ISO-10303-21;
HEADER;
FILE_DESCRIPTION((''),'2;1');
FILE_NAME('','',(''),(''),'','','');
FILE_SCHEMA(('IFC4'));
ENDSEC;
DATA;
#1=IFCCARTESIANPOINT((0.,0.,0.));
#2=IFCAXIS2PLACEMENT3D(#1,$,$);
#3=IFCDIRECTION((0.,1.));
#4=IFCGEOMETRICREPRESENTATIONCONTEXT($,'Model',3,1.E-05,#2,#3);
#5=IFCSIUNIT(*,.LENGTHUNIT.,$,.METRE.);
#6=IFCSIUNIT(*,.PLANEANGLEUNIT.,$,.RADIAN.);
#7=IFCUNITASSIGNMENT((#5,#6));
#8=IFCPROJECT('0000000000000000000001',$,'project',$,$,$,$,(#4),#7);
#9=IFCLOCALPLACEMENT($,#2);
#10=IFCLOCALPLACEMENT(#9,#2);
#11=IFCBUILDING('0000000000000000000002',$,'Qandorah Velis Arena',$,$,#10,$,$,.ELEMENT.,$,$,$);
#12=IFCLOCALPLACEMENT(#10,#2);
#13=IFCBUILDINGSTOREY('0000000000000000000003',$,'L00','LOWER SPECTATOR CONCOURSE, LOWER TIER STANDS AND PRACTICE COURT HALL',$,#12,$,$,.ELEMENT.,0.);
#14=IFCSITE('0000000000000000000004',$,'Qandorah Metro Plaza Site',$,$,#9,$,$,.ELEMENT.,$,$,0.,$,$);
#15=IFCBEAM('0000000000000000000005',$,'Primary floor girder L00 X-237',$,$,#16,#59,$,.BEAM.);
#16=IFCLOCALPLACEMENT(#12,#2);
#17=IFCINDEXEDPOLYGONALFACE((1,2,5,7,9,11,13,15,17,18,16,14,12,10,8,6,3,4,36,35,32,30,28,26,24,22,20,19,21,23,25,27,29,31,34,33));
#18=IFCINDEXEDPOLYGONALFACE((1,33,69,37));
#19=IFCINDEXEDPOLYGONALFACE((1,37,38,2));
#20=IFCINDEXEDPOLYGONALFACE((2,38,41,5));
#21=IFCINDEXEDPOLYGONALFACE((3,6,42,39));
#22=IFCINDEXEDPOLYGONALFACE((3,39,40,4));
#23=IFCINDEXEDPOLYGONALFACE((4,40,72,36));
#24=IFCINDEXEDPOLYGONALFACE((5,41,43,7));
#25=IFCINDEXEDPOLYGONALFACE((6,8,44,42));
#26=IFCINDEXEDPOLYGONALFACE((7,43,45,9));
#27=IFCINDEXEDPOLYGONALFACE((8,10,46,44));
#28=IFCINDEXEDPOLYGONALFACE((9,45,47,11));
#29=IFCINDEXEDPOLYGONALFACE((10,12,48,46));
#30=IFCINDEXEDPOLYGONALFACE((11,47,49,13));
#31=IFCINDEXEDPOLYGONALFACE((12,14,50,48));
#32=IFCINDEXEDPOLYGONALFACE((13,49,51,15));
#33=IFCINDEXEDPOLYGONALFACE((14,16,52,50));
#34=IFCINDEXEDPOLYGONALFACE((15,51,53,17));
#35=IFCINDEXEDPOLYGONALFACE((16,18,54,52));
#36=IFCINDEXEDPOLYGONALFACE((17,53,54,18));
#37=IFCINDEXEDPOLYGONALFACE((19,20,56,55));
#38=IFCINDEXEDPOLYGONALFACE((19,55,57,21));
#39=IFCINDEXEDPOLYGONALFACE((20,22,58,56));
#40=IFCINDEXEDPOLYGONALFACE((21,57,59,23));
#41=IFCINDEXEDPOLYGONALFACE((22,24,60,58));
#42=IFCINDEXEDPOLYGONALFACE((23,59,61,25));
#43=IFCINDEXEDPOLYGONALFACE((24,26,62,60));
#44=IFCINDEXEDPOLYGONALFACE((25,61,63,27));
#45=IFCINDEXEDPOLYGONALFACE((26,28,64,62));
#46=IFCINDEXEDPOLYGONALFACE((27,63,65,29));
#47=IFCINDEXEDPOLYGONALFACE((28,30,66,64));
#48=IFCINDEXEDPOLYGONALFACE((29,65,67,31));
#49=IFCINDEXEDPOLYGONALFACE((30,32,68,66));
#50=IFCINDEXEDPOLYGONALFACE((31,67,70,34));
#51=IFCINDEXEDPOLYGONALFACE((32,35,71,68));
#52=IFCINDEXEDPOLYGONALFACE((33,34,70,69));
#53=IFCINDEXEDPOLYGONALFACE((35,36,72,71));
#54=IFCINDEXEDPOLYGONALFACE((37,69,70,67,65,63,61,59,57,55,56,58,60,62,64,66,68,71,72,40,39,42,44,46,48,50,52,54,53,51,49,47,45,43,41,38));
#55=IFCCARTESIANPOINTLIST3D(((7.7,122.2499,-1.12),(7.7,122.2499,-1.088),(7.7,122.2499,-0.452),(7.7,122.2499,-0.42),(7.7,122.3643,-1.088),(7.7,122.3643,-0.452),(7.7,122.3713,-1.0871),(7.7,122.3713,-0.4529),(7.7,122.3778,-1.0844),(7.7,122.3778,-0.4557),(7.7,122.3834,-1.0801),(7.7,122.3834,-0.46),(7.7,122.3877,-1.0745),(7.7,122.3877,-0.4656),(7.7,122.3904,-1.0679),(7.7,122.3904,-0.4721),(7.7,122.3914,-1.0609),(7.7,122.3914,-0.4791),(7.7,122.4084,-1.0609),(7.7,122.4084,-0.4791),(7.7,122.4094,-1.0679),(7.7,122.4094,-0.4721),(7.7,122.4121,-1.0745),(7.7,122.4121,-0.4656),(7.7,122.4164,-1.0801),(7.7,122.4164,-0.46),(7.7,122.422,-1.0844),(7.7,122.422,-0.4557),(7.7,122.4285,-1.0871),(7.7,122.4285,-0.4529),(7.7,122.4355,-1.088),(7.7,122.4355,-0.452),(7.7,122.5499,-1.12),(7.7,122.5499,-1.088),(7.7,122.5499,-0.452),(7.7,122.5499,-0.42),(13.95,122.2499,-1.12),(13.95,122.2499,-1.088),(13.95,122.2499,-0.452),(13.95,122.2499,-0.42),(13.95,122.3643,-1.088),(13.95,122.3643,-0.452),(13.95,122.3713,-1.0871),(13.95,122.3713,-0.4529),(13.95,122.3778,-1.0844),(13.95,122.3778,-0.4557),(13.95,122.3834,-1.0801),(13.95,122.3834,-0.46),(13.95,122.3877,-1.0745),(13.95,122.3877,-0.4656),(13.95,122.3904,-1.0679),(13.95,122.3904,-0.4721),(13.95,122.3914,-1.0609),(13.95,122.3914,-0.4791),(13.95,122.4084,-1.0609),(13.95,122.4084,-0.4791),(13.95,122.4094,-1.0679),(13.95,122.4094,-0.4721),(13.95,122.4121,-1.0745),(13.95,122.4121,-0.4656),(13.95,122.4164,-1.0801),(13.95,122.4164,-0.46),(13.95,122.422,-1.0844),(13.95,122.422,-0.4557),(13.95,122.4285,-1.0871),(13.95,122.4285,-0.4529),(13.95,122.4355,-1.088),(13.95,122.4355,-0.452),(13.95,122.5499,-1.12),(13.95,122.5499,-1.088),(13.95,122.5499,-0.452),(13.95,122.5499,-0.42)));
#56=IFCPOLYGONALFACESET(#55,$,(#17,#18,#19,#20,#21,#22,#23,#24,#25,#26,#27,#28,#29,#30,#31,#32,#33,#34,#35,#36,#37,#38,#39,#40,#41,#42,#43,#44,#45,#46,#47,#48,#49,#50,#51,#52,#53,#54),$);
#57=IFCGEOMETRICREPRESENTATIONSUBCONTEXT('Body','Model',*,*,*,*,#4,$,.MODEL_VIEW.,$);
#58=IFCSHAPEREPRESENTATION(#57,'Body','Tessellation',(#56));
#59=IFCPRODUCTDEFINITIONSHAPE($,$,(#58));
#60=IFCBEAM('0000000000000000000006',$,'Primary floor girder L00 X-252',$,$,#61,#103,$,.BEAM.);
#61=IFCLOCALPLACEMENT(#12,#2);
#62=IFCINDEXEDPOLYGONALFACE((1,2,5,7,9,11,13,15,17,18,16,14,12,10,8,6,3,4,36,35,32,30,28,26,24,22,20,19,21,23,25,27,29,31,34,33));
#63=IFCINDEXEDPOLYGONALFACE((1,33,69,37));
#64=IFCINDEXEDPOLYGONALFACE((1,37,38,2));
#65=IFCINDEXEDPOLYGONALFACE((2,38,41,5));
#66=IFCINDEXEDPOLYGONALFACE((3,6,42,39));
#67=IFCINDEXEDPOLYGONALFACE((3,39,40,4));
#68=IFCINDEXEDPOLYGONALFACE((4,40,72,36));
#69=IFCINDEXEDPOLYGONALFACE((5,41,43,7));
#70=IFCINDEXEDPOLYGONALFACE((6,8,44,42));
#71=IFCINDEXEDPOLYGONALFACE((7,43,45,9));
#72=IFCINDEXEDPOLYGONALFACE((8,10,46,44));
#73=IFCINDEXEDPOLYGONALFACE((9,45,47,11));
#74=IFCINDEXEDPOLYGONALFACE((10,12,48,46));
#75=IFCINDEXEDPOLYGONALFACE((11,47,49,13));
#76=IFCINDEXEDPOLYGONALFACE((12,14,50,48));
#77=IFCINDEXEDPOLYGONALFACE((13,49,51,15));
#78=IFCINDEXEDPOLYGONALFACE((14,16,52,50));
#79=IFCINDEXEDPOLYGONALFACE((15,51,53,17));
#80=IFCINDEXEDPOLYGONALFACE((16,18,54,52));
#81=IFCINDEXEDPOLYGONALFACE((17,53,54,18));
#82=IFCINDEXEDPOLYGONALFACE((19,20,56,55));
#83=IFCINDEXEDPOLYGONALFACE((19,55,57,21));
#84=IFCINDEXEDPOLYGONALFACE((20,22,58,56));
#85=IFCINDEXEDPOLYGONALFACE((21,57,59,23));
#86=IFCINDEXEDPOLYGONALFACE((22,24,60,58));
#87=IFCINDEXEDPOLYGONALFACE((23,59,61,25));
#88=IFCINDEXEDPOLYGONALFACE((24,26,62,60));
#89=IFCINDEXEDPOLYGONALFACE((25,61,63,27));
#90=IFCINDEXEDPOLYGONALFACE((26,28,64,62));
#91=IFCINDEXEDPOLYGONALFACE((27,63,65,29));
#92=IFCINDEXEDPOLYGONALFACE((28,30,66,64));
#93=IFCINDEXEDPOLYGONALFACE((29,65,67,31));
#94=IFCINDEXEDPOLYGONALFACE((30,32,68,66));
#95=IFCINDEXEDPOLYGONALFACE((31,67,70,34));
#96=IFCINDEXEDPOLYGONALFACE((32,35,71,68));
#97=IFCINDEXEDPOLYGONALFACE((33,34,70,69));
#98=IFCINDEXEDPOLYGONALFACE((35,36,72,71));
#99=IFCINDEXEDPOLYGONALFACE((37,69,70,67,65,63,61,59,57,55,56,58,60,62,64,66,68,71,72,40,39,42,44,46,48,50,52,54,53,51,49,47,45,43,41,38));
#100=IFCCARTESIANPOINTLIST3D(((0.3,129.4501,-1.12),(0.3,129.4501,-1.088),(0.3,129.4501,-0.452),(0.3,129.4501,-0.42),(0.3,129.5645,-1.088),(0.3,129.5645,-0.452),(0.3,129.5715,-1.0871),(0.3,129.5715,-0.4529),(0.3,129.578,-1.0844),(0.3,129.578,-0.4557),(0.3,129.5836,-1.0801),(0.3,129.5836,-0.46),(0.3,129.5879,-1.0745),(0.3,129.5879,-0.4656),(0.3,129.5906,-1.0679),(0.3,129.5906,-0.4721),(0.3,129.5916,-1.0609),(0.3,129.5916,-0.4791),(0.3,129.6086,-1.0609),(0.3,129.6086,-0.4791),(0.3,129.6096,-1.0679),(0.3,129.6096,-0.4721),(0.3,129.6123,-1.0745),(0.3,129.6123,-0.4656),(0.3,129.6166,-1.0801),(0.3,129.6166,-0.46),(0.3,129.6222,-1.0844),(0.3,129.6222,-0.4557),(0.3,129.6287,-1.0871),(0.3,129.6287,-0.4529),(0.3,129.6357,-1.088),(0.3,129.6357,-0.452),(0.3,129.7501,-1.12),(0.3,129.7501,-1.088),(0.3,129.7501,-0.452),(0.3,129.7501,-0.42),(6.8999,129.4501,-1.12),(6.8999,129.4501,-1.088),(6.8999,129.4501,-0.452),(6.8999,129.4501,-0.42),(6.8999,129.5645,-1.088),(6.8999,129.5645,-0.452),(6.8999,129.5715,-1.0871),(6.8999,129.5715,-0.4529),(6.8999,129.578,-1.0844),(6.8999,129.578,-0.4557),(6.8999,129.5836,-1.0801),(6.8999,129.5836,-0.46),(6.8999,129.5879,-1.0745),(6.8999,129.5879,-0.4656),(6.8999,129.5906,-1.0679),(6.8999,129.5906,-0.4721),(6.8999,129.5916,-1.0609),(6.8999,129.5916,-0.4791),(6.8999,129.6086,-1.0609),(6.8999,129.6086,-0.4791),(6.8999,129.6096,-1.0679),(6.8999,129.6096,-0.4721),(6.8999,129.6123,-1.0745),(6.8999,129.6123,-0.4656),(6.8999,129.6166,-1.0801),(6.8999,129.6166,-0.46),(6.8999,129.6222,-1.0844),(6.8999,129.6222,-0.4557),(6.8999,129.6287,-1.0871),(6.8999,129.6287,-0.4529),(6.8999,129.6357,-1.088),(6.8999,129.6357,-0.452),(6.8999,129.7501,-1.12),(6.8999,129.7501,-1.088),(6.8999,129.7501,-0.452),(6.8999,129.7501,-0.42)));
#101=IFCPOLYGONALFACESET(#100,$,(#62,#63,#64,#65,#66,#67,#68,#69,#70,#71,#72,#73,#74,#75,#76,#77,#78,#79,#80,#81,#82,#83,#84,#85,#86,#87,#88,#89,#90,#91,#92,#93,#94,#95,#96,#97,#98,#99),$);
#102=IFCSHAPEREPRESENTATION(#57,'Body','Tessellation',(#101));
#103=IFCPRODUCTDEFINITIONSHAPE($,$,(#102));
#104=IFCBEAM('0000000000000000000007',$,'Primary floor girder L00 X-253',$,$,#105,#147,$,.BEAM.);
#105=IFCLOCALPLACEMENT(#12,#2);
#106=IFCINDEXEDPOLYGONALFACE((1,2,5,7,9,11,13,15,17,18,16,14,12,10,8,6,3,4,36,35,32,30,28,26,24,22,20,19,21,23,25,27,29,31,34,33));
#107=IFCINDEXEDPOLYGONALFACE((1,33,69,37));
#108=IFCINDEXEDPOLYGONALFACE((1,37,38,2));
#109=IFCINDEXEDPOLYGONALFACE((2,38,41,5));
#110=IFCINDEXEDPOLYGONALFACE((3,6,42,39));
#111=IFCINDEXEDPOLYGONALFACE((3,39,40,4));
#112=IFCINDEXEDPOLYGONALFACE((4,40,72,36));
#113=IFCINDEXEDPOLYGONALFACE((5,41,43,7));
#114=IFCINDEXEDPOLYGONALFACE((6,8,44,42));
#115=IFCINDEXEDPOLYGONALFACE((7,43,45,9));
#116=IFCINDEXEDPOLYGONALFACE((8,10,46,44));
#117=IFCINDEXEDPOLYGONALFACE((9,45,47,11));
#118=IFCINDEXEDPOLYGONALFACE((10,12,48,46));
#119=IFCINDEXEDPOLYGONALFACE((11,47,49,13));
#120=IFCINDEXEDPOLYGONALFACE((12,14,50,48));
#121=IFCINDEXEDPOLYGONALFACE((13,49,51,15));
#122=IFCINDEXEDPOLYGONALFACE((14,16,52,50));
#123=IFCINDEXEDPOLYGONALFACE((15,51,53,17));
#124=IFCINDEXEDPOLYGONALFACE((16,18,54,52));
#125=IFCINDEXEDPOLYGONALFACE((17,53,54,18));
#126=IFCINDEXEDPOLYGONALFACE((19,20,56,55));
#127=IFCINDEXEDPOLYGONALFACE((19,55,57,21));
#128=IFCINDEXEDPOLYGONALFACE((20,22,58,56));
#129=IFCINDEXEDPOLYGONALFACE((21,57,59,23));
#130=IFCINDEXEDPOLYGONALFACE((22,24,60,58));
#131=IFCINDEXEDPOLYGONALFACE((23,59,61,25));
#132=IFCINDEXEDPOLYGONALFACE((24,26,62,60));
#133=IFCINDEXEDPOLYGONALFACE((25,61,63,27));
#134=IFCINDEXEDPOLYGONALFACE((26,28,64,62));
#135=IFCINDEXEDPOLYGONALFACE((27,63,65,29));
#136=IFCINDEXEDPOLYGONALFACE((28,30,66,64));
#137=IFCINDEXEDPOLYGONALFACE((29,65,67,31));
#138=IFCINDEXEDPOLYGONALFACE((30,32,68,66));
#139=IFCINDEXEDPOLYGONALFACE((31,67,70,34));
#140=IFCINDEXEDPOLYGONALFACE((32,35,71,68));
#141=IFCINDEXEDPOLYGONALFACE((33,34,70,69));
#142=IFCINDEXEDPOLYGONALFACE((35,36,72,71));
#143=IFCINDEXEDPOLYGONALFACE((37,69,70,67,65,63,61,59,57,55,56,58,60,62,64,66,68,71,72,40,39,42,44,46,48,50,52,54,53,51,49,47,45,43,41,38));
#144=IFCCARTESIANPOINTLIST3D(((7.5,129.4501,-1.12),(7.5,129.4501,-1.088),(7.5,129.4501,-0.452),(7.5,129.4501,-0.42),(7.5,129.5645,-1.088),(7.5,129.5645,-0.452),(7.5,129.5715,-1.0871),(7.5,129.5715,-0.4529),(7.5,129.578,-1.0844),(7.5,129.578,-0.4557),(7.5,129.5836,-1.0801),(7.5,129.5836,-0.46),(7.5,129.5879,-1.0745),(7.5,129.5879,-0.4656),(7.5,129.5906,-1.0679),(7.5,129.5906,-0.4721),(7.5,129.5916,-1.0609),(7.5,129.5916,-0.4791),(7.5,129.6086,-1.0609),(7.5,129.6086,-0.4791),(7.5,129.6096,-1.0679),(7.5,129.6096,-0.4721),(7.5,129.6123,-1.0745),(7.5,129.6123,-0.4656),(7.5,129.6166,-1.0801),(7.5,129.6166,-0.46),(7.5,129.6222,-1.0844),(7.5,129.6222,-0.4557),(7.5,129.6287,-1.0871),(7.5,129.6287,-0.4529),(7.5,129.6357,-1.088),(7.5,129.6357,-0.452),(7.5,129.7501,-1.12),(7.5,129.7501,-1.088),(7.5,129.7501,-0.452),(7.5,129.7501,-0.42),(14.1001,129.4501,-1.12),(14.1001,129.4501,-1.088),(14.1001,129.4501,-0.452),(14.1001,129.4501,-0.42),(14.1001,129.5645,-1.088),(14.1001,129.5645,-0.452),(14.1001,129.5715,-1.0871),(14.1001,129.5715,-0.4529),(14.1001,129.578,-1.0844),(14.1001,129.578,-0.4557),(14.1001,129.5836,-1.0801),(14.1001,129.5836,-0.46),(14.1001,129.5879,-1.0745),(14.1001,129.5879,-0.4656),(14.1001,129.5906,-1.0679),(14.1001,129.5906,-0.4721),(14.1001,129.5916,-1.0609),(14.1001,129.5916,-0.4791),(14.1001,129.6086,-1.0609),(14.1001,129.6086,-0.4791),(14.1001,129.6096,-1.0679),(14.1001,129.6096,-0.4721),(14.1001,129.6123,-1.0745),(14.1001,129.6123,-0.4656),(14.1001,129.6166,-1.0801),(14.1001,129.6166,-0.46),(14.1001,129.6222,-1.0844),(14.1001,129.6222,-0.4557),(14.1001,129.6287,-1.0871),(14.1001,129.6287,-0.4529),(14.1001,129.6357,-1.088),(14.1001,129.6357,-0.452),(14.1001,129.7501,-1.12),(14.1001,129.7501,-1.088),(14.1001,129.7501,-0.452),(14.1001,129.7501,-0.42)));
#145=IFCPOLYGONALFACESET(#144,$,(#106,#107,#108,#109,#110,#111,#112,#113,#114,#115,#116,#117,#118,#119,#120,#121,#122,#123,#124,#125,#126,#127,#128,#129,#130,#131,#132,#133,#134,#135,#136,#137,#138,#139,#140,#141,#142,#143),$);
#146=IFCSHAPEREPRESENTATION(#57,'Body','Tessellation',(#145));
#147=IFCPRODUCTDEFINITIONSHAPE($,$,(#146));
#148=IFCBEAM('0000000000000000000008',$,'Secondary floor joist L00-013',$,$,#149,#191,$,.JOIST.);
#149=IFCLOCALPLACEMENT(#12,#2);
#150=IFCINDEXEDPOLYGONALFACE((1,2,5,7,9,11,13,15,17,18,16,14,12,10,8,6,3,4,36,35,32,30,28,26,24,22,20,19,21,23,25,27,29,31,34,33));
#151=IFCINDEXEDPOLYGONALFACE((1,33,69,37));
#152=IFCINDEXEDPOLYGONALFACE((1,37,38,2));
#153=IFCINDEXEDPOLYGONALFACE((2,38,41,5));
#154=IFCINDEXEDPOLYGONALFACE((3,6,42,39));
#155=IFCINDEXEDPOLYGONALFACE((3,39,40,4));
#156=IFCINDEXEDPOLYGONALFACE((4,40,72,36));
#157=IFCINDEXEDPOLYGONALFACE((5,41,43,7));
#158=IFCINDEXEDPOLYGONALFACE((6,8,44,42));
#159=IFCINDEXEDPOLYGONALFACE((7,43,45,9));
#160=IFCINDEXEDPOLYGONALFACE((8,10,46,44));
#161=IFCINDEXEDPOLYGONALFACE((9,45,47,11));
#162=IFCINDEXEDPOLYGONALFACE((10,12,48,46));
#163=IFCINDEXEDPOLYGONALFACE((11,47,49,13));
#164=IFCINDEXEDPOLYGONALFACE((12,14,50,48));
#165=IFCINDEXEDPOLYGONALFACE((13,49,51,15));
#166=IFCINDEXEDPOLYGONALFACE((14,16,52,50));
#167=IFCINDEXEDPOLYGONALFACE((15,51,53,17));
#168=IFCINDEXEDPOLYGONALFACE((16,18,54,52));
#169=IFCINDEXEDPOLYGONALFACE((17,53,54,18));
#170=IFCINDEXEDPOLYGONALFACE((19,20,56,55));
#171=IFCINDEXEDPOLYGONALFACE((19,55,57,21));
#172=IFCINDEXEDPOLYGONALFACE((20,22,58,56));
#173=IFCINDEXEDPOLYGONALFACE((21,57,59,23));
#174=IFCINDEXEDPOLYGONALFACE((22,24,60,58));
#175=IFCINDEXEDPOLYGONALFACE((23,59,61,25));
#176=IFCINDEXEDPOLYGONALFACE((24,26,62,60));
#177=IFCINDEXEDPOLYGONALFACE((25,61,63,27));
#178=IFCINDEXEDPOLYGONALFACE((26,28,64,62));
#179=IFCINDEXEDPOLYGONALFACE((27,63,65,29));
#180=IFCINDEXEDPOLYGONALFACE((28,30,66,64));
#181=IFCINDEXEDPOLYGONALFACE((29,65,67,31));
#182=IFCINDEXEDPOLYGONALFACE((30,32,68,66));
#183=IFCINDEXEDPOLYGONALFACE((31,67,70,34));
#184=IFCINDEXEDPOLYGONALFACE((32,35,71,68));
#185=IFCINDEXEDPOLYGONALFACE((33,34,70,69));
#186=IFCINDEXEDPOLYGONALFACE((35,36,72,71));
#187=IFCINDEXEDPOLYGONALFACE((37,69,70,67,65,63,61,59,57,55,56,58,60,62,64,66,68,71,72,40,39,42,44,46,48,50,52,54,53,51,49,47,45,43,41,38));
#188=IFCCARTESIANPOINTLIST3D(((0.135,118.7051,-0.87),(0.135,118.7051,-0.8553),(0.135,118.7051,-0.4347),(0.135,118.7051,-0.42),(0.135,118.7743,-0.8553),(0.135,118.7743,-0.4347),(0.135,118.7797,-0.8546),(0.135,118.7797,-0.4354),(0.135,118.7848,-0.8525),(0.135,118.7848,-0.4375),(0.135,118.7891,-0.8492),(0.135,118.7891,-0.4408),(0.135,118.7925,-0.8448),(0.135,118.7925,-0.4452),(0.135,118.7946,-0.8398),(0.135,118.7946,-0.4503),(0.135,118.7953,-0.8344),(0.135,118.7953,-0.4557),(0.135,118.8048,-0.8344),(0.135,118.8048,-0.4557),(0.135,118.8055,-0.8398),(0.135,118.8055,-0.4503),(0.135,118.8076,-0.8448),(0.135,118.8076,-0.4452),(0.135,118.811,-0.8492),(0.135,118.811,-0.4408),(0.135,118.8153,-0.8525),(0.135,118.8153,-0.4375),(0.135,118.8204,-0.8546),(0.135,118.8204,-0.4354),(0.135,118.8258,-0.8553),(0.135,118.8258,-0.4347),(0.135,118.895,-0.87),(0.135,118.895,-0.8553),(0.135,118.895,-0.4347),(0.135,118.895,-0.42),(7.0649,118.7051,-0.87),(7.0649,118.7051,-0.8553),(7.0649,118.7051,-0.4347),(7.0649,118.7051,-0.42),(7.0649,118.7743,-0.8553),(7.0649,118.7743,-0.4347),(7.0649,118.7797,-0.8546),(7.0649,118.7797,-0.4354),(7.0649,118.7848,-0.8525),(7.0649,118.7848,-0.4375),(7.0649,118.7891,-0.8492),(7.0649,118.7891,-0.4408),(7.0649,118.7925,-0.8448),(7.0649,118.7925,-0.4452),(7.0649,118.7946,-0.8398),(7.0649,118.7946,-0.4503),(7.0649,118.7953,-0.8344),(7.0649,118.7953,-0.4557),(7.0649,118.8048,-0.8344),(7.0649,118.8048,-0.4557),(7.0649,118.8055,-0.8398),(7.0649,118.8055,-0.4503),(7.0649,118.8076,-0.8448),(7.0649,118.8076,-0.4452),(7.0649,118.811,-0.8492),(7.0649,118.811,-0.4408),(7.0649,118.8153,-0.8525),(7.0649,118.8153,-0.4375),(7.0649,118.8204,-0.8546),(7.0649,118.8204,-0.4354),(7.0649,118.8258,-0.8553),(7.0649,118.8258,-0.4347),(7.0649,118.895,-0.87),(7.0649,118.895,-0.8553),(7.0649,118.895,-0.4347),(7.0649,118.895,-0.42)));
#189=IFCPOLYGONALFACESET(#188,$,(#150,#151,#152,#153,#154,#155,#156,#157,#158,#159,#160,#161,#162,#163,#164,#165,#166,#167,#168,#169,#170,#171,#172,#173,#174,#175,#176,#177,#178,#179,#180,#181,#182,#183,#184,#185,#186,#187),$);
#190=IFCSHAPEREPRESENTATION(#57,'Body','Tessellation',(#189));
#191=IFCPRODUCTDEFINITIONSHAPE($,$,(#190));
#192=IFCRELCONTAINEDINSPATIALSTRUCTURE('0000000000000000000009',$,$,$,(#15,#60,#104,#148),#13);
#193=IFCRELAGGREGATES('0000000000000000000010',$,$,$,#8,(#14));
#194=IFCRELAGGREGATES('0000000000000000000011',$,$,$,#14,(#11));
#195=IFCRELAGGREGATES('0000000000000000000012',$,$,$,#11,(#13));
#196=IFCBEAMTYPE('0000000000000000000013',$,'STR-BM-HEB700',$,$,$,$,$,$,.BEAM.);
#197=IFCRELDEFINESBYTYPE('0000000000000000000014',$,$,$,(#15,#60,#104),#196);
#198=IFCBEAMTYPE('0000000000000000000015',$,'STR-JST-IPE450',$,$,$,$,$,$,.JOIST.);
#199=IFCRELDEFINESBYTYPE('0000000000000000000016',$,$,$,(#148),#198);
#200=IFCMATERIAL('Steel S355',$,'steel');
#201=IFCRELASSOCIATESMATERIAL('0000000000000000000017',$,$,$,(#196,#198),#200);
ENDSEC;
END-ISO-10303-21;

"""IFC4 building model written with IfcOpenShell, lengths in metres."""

from ifc_helpers import new_model, si_unit, direction, frame, origin, origin_2d, place, context, subcontext, project, spatial, i_section, extrude, material, material_profile, profile_set, type_object, element, save


model = new_model("IFC4")

# Units and contexts
model_context = context("Model", 3, precision=1e-05, world=origin(), true_north=direction((0.0, 1.0)))
body_context = subcontext(model_context, "Body", "Model", "MODEL_VIEW")
ifc_project = project(units=[si_unit("LENGTHUNIT", "METRE"), si_unit("PLANEANGLEUNIT", "RADIAN")], contexts=[model_context])

# Site, building, storey
site_placement = place(None, origin())
site = spatial("IfcSite", under=ifc_project, at=site_placement, Name="Qandorah Metro Plaza Site", CompositionType="ELEMENT", RefElevation=0.0)
building_placement = place(site_placement, origin())
building = spatial("IfcBuilding", under=site, at=building_placement, Name="Qandorah Velis Arena", CompositionType="ELEMENT")
storey_placement = place(building_placement, origin())
storey = spatial("IfcBuildingStorey", under=building, at=storey_placement, Name="L00", Description="LOWER SPECTATOR CONCOURSE, LOWER TIER STANDS AND PRACTICE COURT HALL", CompositionType="ELEMENT", Elevation=0.0)

# Beams
ifc_material_1 = material(Name="Steel S355", Category="steel")
ifc_material_profile_1 = material_profile(ifc_material_1, i_section(OverallWidth=0.3, OverallDepth=0.7, WebThickness=0.0171, FlangeThickness=0.032, FilletRadius=0.0271, at=origin_2d()), Name="HEB 700")
ifc_profile_set_1 = profile_set([ifc_material_profile_1], Name="Steel S355")
beam_type_1 = type_object("IfcBeamType", Name="STR-BM-HEB700", PredefinedType="BEAM", material=ifc_profile_set_1)
beam_1_placement = place(storey_placement, frame((7.7, 122.3999, -0.77), z_axis=(1.0, 0.0, 0.0), x_axis=(0.0, 1.0, 0.0)))
element("IfcBeam", 1, at=beam_1_placement, inside=storey, type_object=beam_type_1, Name="Primary floor girder L00 X-237", PredefinedType="BEAM", context=body_context, shape_type="SweptSolid", body=[
    extrude(i_section(OverallWidth=0.3, OverallDepth=0.7, WebThickness=0.0171, FlangeThickness=0.032, FilletRadius=0.0271, at=origin_2d()), origin(), (0.0, 0.0, 1.0), 6.25),
])
beam_2_placement = place(storey_placement, frame((0.3, 129.6001, -0.77), z_axis=(1.0, 0.0, 0.0), x_axis=(0.0, 1.0, 0.0)))
element("IfcBeam", 2, at=beam_2_placement, inside=storey, type_object=beam_type_1, Name="Primary floor girder L00 X-252", PredefinedType="BEAM", context=body_context, shape_type="SweptSolid", body=[
    extrude(i_section(OverallWidth=0.3, OverallDepth=0.7, WebThickness=0.0171, FlangeThickness=0.032, FilletRadius=0.0271, at=origin_2d()), origin(), (0.0, 0.0, 1.0), 6.5999),
])
beam_3_placement = place(storey_placement, frame((7.5, 129.6001, -0.77), z_axis=(1.0, 0.0, 0.0), x_axis=(0.0, 1.0, 0.0)))
element("IfcBeam", 3, at=beam_3_placement, inside=storey, type_object=beam_type_1, Name="Primary floor girder L00 X-253", PredefinedType="BEAM", context=body_context, shape_type="SweptSolid", body=[
    extrude(i_section(OverallWidth=0.3, OverallDepth=0.7, WebThickness=0.0171, FlangeThickness=0.032, FilletRadius=0.0271, at=origin_2d()), origin(), (0.0, 0.0, 1.0), 6.6001),
])
ifc_material_profile_2 = material_profile(ifc_material_1, i_section(OverallWidth=0.1899, OverallDepth=0.45, WebThickness=0.0095, FlangeThickness=0.0146, FilletRadius=0.021, at=origin_2d()), Name="IPE 450")
ifc_profile_set_2 = profile_set([ifc_material_profile_2], Name="Steel S355")
beam_type_2 = type_object("IfcBeamType", Name="STR-JST-IPE450", PredefinedType="JOIST", material=ifc_profile_set_2)
for number, where, z_axis, x_axis, name in (
    (4, (0.135, 118.8, -0.645), (1.0, 0.0, 0.0), (0.0, 1.0, 0.0), "Secondary floor joist L00-013"),
):
    element("IfcBeam", number, at=place(storey_placement, frame(where, z_axis=z_axis, x_axis=x_axis)), inside=storey, type_object=beam_type_2, Name=name, PredefinedType="JOIST", context=body_context, shape_type="SweptSolid", body=[
        extrude(i_section(OverallWidth=0.1899, OverallDepth=0.45, WebThickness=0.0095, FlangeThickness=0.0146, FilletRadius=0.021, at=origin_2d()), origin(), (0.0, 0.0, 1.0), 6.9299),
    ])

save(model, "model.ifc")
